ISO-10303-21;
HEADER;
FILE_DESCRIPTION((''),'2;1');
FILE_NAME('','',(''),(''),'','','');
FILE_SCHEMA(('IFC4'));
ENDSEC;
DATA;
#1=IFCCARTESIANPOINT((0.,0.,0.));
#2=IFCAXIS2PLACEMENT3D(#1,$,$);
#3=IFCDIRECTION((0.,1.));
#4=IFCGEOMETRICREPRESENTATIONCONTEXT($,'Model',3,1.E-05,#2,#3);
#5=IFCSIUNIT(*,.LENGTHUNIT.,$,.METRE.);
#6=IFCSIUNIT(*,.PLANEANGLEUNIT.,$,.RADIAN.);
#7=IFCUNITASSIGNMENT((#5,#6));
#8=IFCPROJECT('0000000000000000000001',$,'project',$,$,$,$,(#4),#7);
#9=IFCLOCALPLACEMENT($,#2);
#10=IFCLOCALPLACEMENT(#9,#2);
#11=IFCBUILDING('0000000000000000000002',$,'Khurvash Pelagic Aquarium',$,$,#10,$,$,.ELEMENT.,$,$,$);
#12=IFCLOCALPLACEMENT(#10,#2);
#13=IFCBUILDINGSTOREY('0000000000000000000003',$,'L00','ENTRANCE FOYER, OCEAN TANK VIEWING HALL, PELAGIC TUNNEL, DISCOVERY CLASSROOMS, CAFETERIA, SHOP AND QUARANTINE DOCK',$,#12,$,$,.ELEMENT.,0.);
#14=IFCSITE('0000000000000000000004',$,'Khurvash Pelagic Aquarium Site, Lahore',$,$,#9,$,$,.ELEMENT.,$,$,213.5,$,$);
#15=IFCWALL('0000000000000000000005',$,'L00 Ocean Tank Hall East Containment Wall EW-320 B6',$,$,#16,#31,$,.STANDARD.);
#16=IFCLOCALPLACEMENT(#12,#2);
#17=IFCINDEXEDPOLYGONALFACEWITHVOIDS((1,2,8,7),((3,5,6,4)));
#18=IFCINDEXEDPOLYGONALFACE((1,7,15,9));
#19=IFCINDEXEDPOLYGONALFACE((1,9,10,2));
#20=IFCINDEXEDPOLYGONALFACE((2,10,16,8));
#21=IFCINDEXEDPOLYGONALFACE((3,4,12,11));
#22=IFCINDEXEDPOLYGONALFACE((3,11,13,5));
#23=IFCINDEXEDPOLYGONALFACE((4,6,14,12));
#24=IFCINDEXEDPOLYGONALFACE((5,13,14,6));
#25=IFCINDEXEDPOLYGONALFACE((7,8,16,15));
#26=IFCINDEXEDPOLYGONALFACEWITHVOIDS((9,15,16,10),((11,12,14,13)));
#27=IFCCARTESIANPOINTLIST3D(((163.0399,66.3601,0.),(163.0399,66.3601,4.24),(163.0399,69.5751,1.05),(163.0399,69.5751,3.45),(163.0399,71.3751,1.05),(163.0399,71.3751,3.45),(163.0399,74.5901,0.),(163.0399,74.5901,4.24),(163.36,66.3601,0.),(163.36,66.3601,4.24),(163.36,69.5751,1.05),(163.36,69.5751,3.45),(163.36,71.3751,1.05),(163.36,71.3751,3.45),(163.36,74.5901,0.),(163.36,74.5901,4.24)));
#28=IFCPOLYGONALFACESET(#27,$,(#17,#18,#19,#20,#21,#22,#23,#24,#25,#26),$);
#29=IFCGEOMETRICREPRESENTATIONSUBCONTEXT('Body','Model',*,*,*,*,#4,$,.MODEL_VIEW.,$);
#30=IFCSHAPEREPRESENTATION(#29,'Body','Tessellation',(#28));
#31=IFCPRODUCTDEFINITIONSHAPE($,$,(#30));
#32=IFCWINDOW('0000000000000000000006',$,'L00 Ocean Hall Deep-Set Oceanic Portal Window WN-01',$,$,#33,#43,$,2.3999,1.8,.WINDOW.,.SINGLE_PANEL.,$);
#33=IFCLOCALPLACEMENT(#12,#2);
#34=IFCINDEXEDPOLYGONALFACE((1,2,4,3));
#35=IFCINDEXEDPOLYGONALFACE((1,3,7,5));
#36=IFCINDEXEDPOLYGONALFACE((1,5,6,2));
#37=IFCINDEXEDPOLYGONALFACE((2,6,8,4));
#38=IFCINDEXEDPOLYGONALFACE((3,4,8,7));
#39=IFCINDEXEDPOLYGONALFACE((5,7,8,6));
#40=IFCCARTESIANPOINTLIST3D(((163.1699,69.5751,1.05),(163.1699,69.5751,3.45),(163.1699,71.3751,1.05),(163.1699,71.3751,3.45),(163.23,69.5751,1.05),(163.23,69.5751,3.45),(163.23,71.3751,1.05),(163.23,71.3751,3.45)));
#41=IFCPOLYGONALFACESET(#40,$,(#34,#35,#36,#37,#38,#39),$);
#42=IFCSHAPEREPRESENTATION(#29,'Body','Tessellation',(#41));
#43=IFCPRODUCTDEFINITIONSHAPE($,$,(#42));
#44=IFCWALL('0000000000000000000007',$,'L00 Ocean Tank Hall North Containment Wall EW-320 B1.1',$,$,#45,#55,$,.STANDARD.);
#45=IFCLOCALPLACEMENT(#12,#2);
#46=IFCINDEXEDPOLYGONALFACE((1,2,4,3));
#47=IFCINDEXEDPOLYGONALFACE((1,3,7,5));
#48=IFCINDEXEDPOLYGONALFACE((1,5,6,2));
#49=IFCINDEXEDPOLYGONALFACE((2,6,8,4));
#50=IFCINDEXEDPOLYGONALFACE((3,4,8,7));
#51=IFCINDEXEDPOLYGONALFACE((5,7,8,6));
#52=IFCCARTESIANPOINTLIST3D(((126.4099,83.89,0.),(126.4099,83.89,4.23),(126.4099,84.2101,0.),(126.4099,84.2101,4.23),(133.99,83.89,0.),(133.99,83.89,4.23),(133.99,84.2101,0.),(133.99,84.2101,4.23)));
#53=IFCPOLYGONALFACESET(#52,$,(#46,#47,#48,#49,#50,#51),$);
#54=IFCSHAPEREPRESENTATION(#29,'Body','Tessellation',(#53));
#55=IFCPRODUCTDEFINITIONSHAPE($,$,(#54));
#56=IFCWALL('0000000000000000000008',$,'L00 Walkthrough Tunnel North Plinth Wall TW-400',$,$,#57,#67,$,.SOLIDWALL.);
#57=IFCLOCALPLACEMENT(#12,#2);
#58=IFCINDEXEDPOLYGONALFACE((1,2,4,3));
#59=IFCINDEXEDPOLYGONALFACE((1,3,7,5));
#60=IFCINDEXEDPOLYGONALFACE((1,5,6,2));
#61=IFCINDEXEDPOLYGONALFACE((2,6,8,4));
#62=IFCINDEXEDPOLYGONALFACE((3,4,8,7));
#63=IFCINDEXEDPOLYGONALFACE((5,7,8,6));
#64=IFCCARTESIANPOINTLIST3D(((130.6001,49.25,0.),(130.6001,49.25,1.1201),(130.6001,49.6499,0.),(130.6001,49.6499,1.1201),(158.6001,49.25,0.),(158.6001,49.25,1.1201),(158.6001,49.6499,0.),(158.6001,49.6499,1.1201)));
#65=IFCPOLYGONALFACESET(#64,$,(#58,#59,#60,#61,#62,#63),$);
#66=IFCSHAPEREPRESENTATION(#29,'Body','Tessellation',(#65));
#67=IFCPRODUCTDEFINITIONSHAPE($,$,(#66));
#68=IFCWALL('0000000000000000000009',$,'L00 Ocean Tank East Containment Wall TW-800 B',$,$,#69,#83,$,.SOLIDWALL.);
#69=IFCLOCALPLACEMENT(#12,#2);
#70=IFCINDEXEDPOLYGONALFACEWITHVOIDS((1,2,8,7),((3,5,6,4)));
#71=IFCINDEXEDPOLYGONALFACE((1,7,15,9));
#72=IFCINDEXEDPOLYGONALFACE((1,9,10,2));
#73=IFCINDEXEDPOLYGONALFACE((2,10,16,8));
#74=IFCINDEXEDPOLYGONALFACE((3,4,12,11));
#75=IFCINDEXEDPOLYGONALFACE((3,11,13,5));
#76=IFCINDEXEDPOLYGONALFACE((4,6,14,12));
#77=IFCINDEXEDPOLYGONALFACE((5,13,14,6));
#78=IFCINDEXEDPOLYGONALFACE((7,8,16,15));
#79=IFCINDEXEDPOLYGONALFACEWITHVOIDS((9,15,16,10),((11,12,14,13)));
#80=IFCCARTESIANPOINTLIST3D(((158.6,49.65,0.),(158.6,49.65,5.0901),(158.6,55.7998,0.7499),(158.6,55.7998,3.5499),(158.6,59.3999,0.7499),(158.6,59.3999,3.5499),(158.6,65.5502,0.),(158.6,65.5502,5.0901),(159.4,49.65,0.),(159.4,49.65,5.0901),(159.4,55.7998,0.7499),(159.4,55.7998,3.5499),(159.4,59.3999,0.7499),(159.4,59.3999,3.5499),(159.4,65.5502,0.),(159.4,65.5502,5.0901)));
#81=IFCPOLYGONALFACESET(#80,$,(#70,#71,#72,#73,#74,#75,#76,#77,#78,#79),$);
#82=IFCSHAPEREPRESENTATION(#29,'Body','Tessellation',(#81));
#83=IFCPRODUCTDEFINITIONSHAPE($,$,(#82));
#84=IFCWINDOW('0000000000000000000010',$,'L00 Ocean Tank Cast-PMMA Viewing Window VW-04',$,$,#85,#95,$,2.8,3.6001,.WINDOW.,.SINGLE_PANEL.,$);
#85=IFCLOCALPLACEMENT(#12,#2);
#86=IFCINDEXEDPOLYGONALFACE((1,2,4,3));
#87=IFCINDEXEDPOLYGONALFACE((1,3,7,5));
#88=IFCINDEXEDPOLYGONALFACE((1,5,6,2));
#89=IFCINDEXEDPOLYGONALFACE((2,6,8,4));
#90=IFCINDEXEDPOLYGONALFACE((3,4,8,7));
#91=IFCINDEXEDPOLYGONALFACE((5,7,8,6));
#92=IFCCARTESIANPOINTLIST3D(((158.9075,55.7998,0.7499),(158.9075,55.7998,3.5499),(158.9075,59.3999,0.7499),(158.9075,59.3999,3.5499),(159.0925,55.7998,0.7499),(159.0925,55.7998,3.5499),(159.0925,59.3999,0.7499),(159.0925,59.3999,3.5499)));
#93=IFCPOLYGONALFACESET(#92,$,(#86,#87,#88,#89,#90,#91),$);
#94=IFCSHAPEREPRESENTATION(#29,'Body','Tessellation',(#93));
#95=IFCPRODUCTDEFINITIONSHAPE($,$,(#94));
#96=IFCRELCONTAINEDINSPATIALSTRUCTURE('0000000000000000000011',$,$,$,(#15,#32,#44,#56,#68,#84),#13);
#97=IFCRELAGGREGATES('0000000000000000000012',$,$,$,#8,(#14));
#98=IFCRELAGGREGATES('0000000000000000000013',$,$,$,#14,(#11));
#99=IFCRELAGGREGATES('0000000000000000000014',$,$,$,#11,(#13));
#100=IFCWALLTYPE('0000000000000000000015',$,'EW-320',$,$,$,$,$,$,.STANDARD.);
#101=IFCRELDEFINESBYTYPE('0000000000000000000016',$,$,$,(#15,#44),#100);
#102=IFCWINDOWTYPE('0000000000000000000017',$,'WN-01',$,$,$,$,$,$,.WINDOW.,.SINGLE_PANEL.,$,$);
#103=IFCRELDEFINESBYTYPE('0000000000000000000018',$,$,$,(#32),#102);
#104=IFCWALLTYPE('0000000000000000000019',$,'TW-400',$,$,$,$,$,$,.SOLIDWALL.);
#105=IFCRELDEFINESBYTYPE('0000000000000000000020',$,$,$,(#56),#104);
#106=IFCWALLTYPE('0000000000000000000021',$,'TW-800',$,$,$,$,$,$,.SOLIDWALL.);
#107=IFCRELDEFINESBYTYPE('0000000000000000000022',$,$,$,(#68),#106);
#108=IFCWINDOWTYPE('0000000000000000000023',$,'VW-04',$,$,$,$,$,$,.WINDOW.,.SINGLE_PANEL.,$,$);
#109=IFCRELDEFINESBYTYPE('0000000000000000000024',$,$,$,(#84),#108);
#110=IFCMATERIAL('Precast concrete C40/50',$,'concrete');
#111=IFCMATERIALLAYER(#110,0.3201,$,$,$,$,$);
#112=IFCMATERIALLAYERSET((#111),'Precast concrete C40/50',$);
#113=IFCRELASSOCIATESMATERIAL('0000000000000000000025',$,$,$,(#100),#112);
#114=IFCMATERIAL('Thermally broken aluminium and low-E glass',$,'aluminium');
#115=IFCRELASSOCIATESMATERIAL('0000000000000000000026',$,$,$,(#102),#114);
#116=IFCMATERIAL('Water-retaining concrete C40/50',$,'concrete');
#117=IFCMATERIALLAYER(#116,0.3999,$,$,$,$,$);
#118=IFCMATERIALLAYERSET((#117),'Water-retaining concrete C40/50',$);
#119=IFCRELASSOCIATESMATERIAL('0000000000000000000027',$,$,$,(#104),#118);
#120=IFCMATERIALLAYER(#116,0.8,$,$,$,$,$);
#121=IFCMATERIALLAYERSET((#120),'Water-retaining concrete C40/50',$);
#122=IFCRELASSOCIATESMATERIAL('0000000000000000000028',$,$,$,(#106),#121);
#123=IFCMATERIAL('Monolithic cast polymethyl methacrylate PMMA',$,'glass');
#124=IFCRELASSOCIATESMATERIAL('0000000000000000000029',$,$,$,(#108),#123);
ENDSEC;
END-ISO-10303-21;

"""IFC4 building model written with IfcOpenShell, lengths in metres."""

from ifc_helpers import new_model, si_unit, direction, frame, frame_2d, origin, place, context, subcontext, project, spatial, rectangle, extrude, material, layer, layer_set, type_object, element, fill, save


model = new_model("IFC4")

# Units and contexts
model_context = context("Model", 3, precision=1e-05, world=origin(), true_north=direction((0.0, 1.0)))
body_context = subcontext(model_context, "Body", "Model", "MODEL_VIEW")
ifc_project = project(units=[si_unit("LENGTHUNIT", "METRE"), si_unit("PLANEANGLEUNIT", "RADIAN")], contexts=[model_context])

# Site, building, storey
site_placement = place(None, origin())
site = spatial("IfcSite", under=ifc_project, at=site_placement, Name="Khurvash Pelagic Aquarium Site, Lahore", CompositionType="ELEMENT", RefElevation=213.5)
building_placement = place(site_placement, origin())
building = spatial("IfcBuilding", under=site, at=building_placement, Name="Khurvash Pelagic Aquarium", CompositionType="ELEMENT")
storey_placement = place(building_placement, origin())
storey = spatial("IfcBuildingStorey", under=building, at=storey_placement, Name="L00", Description="ENTRANCE FOYER, OCEAN TANK VIEWING HALL, PELAGIC TUNNEL, DISCOVERY CLASSROOMS, CAFETERIA, SHOP AND QUARANTINE DOCK", CompositionType="ELEMENT", Elevation=0.0)

# Shared definitions
ifc_material_1 = material(Name="Water-retaining concrete C40/50", Category="concrete")

# Shared definitions
ifc_material_2 = material(Name="Precast concrete C40/50", Category="concrete")
ifc_layer_1 = layer(ifc_material_2, 0.3201)
ifc_layer_set_1 = layer_set([ifc_layer_1], Name="Precast concrete C40/50")
wall_type_1 = type_object("IfcWallType", Name="EW-320", PredefinedType="STANDARD", material=ifc_layer_set_1)

# Wall, opening, window
wall_1_placement = place(storey_placement, frame((163.2, 66.3601, 0.0), z_axis=(0.0, 0.0, 1.0), x_axis=(0.0, 1.0, 0.0)))
wall_1 = element("IfcWall", 1, at=wall_1_placement, inside=storey, type_object=wall_type_1, Name="L00 Ocean Tank Hall East Containment Wall EW-320 B6", PredefinedType="STANDARD", context=body_context, shape_type="SweptSolid", body=[
    extrude(rectangle(XDim=8.23, YDim=0.3201, at=frame_2d((4.115, 0.0))), origin(), (0.0, 0.0, 1.0), 4.24),
])
opening_1_placement = place(wall_1_placement, frame((3.2151, 0.0, 1.05)))
opening_1 = element("IfcOpeningElement", 2, at=opening_1_placement, cuts=wall_1, PredefinedType="OPENING", context=body_context, shape_type="SweptSolid", body=[
    extrude(rectangle(XDim=1.8, YDim=2.3999, at=frame_2d((0.8999, 1.2))), frame((0.0, 0.1699, 0.0), z_axis=(0.0, -1.0, 0.0), x_axis=(1.0, 0.0, 0.0)), (0.0, 0.0, 1.0), 0.3401),
])
ifc_material_3 = material(Name="Thermally broken aluminium and low-E glass", Category="aluminium")
window_type_1 = type_object("IfcWindowType", Name="WN-01", PartitioningType="SINGLE_PANEL", PredefinedType="WINDOW", material=ifc_material_3)
window_1_placement = place(opening_1_placement, origin())
window_1 = element("IfcWindow", 3, at=window_1_placement, inside=storey, type_object=window_type_1, Name="L00 Ocean Hall Deep-Set Oceanic Portal Window WN-01", OverallHeight=2.3999, OverallWidth=1.8, PartitioningType="SINGLE_PANEL", PredefinedType="WINDOW", context=body_context, shape_type="SweptSolid", body=[
    extrude(rectangle(XDim=1.8, YDim=2.3999, at=frame_2d((0.8999, 1.2))), frame((0.0, 0.03, 0.0), z_axis=(0.0, -1.0, 0.0), x_axis=(1.0, 0.0, 0.0)), (0.0, 0.0, 1.0), 0.0601),
])
fill(opening_1, window_1)

# Walls
wall_2_placement = place(storey_placement, frame((133.99, 84.05, 0.0), z_axis=(0.0, 0.0, 1.0), x_axis=(-1.0, 0.0, 0.0)))
element("IfcWall", 4, at=wall_2_placement, inside=storey, type_object=wall_type_1, Name="L00 Ocean Tank Hall North Containment Wall EW-320 B1.1", PredefinedType="STANDARD", context=body_context, shape_type="SweptSolid", body=[
    extrude(rectangle(XDim=7.5801, YDim=0.3201, at=frame_2d((3.79, 0.0))), origin(), (0.0, 0.0, 1.0), 4.23),
])
ifc_layer_2 = layer(ifc_material_1, 0.3999)
ifc_layer_set_2 = layer_set([ifc_layer_2], Name="Water-retaining concrete C40/50")
wall_type_2 = type_object("IfcWallType", Name="TW-400", PredefinedType="SOLIDWALL", material=ifc_layer_set_2)
wall_3_placement = place(storey_placement, frame((130.6001, 49.45, 0.0), z_axis=(0.0, 0.0, 1.0), x_axis=(1.0, 0.0, 0.0)))
element("IfcWall", 5, at=wall_3_placement, inside=storey, type_object=wall_type_2, Name="L00 Walkthrough Tunnel North Plinth Wall TW-400", PredefinedType="SOLIDWALL", context=body_context, shape_type="SweptSolid", body=[
    extrude(rectangle(XDim=28.0, YDim=0.3999, at=frame_2d((14.0, 0.0))), origin(), (0.0, 0.0, 1.0), 1.1201),
])

# Wall, opening, window
ifc_layer_3 = layer(ifc_material_1, 0.8)
ifc_layer_set_3 = layer_set([ifc_layer_3], Name="Water-retaining concrete C40/50")
wall_type_3 = type_object("IfcWallType", Name="TW-800", PredefinedType="SOLIDWALL", material=ifc_layer_set_3)
wall_4_placement = place(storey_placement, frame((159.0, 49.6499, 0.0), z_axis=(0.0, 0.0, 1.0), x_axis=(0.0, 1.0, 0.0)))
wall_4 = element("IfcWall", 6, at=wall_4_placement, inside=storey, type_object=wall_type_3, Name="L00 Ocean Tank East Containment Wall TW-800 B", PredefinedType="SOLIDWALL", context=body_context, shape_type="SweptSolid", body=[
    extrude(rectangle(XDim=15.9001, YDim=0.8, at=frame_2d((7.9502, 0.0))), origin(), (0.0, 0.0, 1.0), 5.0901),
])
opening_2_placement = place(wall_4_placement, frame((6.1499, 0.0, 0.75)))
opening_2 = element("IfcOpeningElement", 7, at=opening_2_placement, cuts=wall_4, PredefinedType="OPENING", context=body_context, shape_type="SweptSolid", body=[
    extrude(rectangle(XDim=3.6001, YDim=2.8, at=frame_2d((1.8, 1.3999))), frame((0.0, 0.4102, 0.0), z_axis=(0.0, -1.0, 0.0), x_axis=(1.0, 0.0, 0.0)), (0.0, 0.0, 1.0), 0.8201),
])
ifc_material_4 = material(Name="Monolithic cast polymethyl methacrylate PMMA", Category="glass")
window_type_2 = type_object("IfcWindowType", Name="VW-04", PartitioningType="SINGLE_PANEL", PredefinedType="WINDOW", material=ifc_material_4)
window_2_placement = place(opening_2_placement, origin())
window_2 = element("IfcWindow", 8, at=window_2_placement, inside=storey, type_object=window_type_2, Name="L00 Ocean Tank Cast-PMMA Viewing Window VW-04", OverallHeight=2.8, OverallWidth=3.6001, PartitioningType="SINGLE_PANEL", PredefinedType="WINDOW", context=body_context, shape_type="SweptSolid", body=[
    extrude(rectangle(XDim=3.6001, YDim=2.8, at=frame_2d((1.8, 1.3999))), frame((0.0, 0.0925, 0.0), z_axis=(0.0, -1.0, 0.0), x_axis=(1.0, 0.0, 0.0)), (0.0, 0.0, 1.0), 0.1851),
])
fill(opening_2, window_2)

save(model, "model.ifc")
